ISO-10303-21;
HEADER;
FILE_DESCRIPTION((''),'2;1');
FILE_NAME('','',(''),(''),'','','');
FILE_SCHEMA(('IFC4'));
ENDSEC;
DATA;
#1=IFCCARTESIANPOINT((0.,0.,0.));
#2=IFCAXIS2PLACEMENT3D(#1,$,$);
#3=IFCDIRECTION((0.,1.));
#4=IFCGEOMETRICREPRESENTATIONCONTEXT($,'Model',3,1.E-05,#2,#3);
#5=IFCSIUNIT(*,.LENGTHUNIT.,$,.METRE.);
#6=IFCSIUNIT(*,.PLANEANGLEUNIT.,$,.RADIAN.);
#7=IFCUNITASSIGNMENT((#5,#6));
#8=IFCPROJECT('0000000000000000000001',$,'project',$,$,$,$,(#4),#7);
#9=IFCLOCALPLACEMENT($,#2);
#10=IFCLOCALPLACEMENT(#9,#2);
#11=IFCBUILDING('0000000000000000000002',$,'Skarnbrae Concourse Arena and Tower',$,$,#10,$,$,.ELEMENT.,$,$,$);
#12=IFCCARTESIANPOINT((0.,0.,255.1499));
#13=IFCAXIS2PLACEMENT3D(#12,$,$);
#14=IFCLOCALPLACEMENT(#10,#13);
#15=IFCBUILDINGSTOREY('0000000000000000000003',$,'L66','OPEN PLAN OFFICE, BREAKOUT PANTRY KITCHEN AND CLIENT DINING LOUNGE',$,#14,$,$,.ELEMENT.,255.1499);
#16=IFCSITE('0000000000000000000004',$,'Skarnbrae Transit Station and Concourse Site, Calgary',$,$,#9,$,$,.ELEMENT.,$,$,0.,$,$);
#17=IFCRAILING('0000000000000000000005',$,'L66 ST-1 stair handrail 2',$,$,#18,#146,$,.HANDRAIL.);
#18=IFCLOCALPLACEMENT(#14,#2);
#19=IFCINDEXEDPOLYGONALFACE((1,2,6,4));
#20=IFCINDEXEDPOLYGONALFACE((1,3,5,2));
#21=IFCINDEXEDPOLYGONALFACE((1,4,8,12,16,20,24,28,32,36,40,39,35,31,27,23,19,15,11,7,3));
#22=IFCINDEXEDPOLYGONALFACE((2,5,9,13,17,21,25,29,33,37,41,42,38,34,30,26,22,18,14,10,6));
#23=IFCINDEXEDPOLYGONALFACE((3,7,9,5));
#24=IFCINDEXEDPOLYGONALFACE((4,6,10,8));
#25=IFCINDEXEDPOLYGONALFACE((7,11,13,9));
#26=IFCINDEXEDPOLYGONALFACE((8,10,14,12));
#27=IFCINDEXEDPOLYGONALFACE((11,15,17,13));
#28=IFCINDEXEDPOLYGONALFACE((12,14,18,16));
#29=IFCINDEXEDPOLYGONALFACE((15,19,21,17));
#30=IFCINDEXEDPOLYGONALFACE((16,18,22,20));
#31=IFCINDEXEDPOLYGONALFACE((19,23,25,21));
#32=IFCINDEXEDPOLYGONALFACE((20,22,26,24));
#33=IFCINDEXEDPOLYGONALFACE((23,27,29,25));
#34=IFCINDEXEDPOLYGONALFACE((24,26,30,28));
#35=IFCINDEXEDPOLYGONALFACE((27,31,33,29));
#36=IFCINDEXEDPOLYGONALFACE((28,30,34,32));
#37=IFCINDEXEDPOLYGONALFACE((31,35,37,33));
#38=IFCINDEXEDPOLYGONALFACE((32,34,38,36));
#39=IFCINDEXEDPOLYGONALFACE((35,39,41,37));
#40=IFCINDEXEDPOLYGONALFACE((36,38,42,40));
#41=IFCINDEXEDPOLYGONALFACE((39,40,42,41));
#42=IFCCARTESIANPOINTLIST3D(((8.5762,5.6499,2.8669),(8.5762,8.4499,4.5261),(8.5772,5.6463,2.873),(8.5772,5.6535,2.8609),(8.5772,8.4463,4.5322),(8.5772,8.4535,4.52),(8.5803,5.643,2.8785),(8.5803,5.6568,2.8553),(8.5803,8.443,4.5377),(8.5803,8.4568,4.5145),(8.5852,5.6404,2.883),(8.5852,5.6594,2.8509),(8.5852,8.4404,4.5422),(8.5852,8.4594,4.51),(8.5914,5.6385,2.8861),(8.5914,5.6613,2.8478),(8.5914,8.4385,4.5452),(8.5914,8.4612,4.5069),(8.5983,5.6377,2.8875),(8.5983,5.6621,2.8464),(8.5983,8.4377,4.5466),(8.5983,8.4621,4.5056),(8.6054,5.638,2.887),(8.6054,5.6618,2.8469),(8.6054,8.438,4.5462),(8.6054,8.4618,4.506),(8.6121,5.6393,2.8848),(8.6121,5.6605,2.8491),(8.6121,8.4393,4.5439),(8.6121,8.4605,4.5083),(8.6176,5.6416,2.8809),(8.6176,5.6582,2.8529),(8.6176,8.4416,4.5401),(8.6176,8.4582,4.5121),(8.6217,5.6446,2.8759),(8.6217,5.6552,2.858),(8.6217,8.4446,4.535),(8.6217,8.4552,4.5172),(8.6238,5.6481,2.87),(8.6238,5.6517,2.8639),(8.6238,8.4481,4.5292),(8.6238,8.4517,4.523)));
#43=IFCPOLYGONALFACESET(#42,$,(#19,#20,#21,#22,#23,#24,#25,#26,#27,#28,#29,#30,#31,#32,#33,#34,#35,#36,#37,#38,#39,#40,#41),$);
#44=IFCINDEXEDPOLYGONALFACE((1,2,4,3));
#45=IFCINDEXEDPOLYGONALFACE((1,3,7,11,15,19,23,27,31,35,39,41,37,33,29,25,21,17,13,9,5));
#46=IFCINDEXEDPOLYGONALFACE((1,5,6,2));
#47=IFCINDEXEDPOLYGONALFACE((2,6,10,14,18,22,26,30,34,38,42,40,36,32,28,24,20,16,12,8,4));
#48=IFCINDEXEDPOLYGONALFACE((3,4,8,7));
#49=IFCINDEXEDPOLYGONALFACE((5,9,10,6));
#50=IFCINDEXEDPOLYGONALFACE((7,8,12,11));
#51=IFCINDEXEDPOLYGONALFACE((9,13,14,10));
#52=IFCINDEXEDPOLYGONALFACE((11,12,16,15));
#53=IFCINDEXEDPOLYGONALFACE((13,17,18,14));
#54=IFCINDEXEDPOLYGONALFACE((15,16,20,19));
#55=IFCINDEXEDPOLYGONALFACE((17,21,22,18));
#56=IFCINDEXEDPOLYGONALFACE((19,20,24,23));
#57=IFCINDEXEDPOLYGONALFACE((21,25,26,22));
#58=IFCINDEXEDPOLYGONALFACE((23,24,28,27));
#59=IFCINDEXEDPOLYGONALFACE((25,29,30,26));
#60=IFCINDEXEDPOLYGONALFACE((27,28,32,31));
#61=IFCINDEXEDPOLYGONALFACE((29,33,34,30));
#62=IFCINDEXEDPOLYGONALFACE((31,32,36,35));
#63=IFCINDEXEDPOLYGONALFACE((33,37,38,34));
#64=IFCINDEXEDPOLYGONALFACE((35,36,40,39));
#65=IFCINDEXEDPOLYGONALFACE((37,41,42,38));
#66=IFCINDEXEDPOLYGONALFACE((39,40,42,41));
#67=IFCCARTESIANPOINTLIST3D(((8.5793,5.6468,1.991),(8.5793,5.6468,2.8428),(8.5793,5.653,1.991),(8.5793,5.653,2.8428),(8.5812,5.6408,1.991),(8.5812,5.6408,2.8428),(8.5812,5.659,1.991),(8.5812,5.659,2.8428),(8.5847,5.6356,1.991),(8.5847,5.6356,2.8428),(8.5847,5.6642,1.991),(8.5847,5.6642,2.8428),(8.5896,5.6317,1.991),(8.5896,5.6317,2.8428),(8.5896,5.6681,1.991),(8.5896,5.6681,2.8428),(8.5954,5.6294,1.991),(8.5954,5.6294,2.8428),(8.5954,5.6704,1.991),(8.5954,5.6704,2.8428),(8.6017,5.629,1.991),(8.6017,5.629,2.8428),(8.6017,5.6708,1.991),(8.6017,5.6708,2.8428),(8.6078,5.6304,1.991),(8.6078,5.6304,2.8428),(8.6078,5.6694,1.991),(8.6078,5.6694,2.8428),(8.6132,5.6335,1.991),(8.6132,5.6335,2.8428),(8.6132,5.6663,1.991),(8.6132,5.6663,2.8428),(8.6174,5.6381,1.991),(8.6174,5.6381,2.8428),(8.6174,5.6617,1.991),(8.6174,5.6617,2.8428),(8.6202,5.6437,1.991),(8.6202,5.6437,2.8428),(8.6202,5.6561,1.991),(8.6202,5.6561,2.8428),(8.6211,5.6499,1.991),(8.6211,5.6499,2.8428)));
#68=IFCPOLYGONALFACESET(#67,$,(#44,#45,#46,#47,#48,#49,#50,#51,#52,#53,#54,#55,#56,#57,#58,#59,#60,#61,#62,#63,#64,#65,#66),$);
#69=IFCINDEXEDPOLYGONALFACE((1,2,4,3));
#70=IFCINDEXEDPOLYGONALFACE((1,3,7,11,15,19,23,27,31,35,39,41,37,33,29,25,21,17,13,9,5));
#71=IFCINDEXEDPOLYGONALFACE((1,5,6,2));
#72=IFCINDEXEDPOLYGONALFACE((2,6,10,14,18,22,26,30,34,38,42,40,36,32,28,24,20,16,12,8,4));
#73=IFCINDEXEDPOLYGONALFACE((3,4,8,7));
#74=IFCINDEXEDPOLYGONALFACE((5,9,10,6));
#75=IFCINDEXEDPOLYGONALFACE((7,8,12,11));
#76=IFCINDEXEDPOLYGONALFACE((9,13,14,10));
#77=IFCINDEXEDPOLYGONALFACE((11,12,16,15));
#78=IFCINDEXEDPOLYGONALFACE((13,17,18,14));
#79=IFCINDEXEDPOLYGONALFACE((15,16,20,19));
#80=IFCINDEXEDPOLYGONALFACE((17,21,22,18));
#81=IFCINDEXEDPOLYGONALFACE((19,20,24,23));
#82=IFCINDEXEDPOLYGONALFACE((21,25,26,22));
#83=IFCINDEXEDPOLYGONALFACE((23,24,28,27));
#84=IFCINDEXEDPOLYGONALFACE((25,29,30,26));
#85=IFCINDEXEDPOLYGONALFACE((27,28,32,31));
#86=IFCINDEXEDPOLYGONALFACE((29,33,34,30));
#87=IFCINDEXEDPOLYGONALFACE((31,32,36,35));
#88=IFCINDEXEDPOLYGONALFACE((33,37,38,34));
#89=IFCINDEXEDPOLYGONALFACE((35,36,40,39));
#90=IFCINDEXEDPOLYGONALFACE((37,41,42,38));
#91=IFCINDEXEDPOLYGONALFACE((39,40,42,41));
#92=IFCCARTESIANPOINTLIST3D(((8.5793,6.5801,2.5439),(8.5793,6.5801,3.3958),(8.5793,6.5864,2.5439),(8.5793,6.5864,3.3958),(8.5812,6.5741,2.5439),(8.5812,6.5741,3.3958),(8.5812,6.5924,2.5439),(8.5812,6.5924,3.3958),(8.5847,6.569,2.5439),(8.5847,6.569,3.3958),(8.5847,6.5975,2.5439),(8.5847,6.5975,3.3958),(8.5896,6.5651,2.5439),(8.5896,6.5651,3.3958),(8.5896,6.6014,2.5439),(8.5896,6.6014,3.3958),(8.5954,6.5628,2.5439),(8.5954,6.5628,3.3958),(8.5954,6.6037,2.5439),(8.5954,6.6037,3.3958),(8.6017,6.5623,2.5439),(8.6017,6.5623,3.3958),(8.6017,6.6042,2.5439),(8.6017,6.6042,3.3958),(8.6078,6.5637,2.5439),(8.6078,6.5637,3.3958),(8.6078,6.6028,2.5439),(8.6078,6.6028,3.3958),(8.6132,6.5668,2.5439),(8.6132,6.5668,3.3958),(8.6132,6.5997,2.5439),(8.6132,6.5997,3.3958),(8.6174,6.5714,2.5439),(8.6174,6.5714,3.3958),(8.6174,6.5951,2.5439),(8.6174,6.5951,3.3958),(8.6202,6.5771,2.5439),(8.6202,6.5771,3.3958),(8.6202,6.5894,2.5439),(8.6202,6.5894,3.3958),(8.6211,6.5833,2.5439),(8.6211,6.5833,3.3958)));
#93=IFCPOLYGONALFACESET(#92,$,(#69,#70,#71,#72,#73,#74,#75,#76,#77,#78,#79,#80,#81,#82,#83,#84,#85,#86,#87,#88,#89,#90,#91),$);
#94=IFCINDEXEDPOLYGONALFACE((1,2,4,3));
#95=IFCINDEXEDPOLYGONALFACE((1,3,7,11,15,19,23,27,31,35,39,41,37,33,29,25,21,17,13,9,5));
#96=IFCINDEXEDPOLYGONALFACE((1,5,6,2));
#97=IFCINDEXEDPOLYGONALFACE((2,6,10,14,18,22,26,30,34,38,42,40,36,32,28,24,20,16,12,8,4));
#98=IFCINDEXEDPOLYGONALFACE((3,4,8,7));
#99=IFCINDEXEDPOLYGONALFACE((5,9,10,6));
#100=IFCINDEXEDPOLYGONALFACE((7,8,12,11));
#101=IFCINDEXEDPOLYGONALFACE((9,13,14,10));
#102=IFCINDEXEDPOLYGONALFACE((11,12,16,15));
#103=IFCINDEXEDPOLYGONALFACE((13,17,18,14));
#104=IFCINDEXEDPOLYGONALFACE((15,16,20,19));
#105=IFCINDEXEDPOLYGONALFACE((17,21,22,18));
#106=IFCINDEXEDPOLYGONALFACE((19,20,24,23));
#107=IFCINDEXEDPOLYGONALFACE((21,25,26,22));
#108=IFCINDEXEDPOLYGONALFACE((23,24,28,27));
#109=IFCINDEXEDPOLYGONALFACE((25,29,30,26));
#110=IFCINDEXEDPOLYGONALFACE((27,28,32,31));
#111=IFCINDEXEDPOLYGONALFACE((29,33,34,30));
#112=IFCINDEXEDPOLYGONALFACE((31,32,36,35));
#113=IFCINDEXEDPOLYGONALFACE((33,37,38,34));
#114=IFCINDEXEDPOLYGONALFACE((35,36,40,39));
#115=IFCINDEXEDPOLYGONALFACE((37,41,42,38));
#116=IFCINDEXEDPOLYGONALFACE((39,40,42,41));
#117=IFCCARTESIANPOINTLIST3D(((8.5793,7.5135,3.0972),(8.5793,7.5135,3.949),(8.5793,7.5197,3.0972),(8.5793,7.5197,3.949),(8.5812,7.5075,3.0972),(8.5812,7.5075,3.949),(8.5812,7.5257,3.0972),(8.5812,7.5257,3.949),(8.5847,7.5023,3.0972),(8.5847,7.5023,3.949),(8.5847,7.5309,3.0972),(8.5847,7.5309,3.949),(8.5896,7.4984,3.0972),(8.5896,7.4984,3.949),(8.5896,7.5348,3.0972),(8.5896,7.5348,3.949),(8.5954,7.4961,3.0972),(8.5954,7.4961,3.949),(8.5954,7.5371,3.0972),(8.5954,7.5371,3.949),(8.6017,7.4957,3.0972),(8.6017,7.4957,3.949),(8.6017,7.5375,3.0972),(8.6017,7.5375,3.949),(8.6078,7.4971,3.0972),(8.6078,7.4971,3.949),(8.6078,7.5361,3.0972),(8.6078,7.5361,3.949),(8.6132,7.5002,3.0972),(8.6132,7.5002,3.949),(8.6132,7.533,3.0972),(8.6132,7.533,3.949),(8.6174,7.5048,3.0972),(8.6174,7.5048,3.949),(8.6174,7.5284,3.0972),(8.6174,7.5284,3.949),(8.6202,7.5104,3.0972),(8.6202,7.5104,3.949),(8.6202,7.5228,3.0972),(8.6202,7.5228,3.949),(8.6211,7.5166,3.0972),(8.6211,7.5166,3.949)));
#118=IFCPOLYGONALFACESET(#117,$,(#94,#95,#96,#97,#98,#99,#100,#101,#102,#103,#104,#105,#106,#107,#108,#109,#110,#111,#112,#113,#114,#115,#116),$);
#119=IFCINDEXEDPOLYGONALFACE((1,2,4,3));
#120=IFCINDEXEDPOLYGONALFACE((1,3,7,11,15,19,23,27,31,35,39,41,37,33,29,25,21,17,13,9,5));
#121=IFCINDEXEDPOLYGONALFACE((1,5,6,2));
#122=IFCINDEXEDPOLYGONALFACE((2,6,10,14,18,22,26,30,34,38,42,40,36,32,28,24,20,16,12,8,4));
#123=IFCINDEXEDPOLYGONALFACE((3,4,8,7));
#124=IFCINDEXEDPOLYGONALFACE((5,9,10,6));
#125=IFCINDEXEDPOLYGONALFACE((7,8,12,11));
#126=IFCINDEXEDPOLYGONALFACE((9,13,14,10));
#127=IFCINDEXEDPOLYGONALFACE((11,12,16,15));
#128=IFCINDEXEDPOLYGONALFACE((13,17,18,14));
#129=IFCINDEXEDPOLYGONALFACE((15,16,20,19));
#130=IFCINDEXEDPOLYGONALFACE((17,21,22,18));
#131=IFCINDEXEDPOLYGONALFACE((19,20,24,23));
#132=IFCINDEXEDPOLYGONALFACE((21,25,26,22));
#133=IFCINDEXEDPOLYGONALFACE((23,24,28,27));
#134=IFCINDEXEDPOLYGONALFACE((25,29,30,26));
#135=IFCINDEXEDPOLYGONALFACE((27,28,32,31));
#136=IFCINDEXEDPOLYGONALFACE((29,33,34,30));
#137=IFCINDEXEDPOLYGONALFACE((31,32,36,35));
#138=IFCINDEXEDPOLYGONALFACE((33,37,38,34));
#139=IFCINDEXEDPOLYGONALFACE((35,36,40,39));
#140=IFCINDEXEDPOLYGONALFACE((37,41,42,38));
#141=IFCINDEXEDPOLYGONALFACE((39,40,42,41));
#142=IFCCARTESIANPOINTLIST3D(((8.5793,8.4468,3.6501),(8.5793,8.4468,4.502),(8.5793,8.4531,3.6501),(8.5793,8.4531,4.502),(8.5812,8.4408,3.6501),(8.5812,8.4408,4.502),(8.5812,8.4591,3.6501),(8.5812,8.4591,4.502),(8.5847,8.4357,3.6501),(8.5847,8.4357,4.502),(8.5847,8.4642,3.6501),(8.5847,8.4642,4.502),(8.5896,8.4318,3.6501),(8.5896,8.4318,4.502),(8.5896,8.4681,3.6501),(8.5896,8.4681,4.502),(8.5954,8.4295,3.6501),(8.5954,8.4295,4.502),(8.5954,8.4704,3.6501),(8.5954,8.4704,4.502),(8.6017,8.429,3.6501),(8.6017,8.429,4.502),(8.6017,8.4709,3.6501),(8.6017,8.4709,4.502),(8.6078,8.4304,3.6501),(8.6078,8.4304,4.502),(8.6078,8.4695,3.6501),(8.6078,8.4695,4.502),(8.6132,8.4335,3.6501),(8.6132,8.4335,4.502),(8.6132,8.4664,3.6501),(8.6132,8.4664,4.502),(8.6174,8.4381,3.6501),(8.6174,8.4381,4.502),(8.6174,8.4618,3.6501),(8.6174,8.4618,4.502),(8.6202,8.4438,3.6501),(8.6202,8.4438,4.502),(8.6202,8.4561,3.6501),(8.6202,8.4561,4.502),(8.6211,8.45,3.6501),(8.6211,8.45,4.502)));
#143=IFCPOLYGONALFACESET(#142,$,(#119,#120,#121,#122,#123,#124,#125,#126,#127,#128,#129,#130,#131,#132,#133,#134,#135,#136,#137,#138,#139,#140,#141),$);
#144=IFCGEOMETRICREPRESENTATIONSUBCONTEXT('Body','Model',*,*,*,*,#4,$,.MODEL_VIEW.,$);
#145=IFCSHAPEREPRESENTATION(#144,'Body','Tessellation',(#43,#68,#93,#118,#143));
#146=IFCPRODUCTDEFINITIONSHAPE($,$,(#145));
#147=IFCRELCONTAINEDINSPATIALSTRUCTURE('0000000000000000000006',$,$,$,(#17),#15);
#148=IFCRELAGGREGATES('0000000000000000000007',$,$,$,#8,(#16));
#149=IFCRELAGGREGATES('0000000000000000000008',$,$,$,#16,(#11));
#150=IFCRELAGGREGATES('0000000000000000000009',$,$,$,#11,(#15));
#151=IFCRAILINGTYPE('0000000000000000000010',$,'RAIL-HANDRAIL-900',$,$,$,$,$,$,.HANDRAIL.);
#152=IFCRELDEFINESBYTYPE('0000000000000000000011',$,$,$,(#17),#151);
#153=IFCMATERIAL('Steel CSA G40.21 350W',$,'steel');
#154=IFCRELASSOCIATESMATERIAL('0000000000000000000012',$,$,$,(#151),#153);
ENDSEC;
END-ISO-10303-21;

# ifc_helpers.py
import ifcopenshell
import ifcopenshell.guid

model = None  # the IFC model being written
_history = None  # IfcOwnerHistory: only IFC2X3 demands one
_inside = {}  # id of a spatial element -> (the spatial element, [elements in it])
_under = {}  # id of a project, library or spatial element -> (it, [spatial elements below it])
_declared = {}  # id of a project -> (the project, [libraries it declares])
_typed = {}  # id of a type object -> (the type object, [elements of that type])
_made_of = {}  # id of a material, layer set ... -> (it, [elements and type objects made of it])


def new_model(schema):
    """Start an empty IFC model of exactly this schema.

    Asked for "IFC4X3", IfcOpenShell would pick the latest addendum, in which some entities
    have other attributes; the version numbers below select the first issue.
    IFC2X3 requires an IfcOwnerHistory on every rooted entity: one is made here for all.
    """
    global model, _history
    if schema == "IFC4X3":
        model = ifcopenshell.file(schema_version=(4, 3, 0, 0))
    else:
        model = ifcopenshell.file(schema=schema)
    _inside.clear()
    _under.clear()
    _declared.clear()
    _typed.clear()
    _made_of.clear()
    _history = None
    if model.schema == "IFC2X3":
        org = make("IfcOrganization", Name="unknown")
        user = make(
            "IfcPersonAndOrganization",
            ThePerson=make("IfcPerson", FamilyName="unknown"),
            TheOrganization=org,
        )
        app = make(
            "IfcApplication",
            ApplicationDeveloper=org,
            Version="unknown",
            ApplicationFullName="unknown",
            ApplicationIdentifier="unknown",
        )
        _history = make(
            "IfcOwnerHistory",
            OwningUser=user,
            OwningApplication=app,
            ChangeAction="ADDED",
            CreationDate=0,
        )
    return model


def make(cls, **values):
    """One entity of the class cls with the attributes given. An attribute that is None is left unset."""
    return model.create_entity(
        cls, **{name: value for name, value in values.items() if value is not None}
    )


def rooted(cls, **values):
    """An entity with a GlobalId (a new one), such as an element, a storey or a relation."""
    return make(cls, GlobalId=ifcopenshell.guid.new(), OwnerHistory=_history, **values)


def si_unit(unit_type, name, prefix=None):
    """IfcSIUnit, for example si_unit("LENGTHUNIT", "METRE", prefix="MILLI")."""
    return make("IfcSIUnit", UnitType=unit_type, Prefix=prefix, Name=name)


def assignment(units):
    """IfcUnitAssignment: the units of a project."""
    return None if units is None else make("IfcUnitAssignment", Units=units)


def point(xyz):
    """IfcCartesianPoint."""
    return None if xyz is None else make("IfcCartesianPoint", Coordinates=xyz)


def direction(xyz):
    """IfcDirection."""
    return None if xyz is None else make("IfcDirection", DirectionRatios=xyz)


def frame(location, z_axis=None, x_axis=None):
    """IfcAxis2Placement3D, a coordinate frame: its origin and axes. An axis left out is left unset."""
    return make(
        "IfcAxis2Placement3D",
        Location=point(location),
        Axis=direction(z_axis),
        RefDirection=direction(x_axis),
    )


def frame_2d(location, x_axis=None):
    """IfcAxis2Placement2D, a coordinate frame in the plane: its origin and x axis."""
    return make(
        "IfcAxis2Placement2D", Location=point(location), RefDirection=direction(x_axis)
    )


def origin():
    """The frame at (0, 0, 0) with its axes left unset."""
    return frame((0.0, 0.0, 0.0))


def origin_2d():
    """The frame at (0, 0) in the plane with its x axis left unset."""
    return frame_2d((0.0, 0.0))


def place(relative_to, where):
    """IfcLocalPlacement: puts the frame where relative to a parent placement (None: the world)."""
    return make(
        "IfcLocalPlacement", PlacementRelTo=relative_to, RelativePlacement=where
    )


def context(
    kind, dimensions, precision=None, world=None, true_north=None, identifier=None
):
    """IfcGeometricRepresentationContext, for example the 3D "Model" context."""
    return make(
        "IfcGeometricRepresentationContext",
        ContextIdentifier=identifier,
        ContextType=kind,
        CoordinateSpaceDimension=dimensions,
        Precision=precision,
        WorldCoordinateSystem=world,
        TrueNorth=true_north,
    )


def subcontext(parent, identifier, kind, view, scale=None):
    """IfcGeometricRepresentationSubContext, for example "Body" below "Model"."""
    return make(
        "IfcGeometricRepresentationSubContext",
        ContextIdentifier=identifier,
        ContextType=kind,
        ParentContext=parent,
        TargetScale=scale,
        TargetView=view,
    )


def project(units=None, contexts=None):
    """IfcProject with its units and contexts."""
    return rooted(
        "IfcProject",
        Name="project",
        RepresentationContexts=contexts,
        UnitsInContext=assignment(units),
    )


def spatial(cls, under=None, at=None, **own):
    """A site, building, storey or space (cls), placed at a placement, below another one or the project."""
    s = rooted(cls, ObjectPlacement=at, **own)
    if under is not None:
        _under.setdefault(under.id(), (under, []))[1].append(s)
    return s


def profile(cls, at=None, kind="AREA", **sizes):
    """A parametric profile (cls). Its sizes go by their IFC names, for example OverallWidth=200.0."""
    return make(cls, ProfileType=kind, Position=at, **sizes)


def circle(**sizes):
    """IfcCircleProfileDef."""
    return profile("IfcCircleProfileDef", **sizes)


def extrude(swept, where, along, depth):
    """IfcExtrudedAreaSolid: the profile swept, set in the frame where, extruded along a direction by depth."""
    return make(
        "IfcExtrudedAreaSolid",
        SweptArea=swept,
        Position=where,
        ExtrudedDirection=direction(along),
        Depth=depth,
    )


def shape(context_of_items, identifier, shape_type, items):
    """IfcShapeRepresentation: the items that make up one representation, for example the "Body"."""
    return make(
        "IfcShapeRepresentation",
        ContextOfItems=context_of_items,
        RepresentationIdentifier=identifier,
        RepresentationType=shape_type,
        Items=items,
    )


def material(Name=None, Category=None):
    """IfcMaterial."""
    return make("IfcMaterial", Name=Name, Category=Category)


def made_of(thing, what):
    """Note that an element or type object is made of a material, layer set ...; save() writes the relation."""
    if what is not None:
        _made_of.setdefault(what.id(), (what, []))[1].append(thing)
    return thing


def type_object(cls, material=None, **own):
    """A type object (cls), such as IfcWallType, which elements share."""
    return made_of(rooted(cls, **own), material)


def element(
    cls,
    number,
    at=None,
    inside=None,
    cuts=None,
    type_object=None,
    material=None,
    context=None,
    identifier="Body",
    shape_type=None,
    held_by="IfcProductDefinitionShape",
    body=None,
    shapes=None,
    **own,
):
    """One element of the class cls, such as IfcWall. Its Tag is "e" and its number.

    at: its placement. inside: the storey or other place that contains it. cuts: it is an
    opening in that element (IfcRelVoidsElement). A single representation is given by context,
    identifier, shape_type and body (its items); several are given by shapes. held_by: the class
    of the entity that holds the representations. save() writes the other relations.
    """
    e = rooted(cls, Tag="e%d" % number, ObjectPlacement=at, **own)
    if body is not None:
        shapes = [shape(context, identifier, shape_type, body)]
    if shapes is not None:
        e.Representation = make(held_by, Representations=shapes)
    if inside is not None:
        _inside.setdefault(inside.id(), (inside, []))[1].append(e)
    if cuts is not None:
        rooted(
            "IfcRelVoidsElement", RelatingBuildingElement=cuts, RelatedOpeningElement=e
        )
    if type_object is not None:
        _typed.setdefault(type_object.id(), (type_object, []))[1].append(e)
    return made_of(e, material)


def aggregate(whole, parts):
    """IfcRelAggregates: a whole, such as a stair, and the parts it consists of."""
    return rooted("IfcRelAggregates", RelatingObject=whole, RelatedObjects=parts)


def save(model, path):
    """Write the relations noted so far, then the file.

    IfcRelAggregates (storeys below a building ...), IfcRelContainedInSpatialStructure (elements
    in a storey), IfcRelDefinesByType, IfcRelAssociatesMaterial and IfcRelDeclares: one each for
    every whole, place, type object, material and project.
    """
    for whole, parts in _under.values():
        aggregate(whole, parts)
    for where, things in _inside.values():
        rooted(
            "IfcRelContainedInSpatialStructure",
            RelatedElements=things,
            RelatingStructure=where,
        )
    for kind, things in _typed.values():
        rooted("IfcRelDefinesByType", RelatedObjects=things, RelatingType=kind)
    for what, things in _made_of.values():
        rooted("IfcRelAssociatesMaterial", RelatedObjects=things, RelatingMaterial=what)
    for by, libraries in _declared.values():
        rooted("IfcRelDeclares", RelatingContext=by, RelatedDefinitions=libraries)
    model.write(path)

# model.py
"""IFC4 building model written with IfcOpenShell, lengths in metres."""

from ifc_helpers import new_model, si_unit, direction, frame, origin, origin_2d, place, context, subcontext, project, spatial, circle, extrude, material, type_object, element, save


model = new_model("IFC4")

# Units and contexts
model_context = context("Model", 3, precision=1e-05, world=origin(), true_north=direction((0.0, 1.0)))
body_context = subcontext(model_context, "Body", "Model", "MODEL_VIEW")
ifc_project = project(units=[si_unit("LENGTHUNIT", "METRE"), si_unit("PLANEANGLEUNIT", "RADIAN")], contexts=[model_context])

# Site, building, storey
site_placement = place(None, origin())
site = spatial("IfcSite", under=ifc_project, at=site_placement, Name="Skarnbrae Transit Station and Concourse Site, Calgary", CompositionType="ELEMENT", RefElevation=0.0)
building_placement = place(site_placement, origin())
building = spatial("IfcBuilding", under=site, at=building_placement, Name="Skarnbrae Concourse Arena and Tower", CompositionType="ELEMENT")
storey_placement = place(building_placement, frame((0.0, 0.0, 255.1499)))
storey = spatial("IfcBuildingStorey", under=building, at=storey_placement, Name="L66", Description="OPEN PLAN OFFICE, BREAKOUT PANTRY KITCHEN AND CLIENT DINING LOUNGE", CompositionType="ELEMENT", Elevation=255.1499)

# Shared definitions
ifc_material_1 = material(Name="Steel CSA G40.21 350W", Category="steel")

# Railing
railing_type_1 = type_object("IfcRailingType", Name="RAIL-HANDRAIL-900", PredefinedType="HANDRAIL", material=ifc_material_1)
railing_1_placement = place(storey_placement, frame((8.6001, 5.6499, 1.991)))
element("IfcRailing", 1, at=railing_1_placement, inside=storey, type_object=railing_type_1, Name="L66 ST-1 stair handrail 2", PredefinedType="HANDRAIL", context=body_context, shape_type="SweptSolid", body=[
    extrude(circle(Radius=0.0239, at=origin_2d()), frame((0.0, 0.0, 0.876), z_axis=(0.0, 0.860306, 0.509778), x_axis=(-1.0, 0.0, 0.0)), (0.0, 0.0, 1.0), 3.2546),
    extrude(circle(Radius=0.021, at=origin_2d()), origin(), (0.0, 0.0, 1.0), 0.8518),
    extrude(circle(Radius=0.021, at=origin_2d()), frame((0.0, 0.9333, 0.553)), (0.0, 0.0, 1.0), 0.8518),
    extrude(circle(Radius=0.021, at=origin_2d()), frame((0.0, 1.8667, 1.1062)), (0.0, 0.0, 1.0), 0.8518),
    extrude(circle(Radius=0.021, at=origin_2d()), frame((0.0, 2.8, 1.6592)), (0.0, 0.0, 1.0), 0.8518),
])

save(model, "model.ifc")
